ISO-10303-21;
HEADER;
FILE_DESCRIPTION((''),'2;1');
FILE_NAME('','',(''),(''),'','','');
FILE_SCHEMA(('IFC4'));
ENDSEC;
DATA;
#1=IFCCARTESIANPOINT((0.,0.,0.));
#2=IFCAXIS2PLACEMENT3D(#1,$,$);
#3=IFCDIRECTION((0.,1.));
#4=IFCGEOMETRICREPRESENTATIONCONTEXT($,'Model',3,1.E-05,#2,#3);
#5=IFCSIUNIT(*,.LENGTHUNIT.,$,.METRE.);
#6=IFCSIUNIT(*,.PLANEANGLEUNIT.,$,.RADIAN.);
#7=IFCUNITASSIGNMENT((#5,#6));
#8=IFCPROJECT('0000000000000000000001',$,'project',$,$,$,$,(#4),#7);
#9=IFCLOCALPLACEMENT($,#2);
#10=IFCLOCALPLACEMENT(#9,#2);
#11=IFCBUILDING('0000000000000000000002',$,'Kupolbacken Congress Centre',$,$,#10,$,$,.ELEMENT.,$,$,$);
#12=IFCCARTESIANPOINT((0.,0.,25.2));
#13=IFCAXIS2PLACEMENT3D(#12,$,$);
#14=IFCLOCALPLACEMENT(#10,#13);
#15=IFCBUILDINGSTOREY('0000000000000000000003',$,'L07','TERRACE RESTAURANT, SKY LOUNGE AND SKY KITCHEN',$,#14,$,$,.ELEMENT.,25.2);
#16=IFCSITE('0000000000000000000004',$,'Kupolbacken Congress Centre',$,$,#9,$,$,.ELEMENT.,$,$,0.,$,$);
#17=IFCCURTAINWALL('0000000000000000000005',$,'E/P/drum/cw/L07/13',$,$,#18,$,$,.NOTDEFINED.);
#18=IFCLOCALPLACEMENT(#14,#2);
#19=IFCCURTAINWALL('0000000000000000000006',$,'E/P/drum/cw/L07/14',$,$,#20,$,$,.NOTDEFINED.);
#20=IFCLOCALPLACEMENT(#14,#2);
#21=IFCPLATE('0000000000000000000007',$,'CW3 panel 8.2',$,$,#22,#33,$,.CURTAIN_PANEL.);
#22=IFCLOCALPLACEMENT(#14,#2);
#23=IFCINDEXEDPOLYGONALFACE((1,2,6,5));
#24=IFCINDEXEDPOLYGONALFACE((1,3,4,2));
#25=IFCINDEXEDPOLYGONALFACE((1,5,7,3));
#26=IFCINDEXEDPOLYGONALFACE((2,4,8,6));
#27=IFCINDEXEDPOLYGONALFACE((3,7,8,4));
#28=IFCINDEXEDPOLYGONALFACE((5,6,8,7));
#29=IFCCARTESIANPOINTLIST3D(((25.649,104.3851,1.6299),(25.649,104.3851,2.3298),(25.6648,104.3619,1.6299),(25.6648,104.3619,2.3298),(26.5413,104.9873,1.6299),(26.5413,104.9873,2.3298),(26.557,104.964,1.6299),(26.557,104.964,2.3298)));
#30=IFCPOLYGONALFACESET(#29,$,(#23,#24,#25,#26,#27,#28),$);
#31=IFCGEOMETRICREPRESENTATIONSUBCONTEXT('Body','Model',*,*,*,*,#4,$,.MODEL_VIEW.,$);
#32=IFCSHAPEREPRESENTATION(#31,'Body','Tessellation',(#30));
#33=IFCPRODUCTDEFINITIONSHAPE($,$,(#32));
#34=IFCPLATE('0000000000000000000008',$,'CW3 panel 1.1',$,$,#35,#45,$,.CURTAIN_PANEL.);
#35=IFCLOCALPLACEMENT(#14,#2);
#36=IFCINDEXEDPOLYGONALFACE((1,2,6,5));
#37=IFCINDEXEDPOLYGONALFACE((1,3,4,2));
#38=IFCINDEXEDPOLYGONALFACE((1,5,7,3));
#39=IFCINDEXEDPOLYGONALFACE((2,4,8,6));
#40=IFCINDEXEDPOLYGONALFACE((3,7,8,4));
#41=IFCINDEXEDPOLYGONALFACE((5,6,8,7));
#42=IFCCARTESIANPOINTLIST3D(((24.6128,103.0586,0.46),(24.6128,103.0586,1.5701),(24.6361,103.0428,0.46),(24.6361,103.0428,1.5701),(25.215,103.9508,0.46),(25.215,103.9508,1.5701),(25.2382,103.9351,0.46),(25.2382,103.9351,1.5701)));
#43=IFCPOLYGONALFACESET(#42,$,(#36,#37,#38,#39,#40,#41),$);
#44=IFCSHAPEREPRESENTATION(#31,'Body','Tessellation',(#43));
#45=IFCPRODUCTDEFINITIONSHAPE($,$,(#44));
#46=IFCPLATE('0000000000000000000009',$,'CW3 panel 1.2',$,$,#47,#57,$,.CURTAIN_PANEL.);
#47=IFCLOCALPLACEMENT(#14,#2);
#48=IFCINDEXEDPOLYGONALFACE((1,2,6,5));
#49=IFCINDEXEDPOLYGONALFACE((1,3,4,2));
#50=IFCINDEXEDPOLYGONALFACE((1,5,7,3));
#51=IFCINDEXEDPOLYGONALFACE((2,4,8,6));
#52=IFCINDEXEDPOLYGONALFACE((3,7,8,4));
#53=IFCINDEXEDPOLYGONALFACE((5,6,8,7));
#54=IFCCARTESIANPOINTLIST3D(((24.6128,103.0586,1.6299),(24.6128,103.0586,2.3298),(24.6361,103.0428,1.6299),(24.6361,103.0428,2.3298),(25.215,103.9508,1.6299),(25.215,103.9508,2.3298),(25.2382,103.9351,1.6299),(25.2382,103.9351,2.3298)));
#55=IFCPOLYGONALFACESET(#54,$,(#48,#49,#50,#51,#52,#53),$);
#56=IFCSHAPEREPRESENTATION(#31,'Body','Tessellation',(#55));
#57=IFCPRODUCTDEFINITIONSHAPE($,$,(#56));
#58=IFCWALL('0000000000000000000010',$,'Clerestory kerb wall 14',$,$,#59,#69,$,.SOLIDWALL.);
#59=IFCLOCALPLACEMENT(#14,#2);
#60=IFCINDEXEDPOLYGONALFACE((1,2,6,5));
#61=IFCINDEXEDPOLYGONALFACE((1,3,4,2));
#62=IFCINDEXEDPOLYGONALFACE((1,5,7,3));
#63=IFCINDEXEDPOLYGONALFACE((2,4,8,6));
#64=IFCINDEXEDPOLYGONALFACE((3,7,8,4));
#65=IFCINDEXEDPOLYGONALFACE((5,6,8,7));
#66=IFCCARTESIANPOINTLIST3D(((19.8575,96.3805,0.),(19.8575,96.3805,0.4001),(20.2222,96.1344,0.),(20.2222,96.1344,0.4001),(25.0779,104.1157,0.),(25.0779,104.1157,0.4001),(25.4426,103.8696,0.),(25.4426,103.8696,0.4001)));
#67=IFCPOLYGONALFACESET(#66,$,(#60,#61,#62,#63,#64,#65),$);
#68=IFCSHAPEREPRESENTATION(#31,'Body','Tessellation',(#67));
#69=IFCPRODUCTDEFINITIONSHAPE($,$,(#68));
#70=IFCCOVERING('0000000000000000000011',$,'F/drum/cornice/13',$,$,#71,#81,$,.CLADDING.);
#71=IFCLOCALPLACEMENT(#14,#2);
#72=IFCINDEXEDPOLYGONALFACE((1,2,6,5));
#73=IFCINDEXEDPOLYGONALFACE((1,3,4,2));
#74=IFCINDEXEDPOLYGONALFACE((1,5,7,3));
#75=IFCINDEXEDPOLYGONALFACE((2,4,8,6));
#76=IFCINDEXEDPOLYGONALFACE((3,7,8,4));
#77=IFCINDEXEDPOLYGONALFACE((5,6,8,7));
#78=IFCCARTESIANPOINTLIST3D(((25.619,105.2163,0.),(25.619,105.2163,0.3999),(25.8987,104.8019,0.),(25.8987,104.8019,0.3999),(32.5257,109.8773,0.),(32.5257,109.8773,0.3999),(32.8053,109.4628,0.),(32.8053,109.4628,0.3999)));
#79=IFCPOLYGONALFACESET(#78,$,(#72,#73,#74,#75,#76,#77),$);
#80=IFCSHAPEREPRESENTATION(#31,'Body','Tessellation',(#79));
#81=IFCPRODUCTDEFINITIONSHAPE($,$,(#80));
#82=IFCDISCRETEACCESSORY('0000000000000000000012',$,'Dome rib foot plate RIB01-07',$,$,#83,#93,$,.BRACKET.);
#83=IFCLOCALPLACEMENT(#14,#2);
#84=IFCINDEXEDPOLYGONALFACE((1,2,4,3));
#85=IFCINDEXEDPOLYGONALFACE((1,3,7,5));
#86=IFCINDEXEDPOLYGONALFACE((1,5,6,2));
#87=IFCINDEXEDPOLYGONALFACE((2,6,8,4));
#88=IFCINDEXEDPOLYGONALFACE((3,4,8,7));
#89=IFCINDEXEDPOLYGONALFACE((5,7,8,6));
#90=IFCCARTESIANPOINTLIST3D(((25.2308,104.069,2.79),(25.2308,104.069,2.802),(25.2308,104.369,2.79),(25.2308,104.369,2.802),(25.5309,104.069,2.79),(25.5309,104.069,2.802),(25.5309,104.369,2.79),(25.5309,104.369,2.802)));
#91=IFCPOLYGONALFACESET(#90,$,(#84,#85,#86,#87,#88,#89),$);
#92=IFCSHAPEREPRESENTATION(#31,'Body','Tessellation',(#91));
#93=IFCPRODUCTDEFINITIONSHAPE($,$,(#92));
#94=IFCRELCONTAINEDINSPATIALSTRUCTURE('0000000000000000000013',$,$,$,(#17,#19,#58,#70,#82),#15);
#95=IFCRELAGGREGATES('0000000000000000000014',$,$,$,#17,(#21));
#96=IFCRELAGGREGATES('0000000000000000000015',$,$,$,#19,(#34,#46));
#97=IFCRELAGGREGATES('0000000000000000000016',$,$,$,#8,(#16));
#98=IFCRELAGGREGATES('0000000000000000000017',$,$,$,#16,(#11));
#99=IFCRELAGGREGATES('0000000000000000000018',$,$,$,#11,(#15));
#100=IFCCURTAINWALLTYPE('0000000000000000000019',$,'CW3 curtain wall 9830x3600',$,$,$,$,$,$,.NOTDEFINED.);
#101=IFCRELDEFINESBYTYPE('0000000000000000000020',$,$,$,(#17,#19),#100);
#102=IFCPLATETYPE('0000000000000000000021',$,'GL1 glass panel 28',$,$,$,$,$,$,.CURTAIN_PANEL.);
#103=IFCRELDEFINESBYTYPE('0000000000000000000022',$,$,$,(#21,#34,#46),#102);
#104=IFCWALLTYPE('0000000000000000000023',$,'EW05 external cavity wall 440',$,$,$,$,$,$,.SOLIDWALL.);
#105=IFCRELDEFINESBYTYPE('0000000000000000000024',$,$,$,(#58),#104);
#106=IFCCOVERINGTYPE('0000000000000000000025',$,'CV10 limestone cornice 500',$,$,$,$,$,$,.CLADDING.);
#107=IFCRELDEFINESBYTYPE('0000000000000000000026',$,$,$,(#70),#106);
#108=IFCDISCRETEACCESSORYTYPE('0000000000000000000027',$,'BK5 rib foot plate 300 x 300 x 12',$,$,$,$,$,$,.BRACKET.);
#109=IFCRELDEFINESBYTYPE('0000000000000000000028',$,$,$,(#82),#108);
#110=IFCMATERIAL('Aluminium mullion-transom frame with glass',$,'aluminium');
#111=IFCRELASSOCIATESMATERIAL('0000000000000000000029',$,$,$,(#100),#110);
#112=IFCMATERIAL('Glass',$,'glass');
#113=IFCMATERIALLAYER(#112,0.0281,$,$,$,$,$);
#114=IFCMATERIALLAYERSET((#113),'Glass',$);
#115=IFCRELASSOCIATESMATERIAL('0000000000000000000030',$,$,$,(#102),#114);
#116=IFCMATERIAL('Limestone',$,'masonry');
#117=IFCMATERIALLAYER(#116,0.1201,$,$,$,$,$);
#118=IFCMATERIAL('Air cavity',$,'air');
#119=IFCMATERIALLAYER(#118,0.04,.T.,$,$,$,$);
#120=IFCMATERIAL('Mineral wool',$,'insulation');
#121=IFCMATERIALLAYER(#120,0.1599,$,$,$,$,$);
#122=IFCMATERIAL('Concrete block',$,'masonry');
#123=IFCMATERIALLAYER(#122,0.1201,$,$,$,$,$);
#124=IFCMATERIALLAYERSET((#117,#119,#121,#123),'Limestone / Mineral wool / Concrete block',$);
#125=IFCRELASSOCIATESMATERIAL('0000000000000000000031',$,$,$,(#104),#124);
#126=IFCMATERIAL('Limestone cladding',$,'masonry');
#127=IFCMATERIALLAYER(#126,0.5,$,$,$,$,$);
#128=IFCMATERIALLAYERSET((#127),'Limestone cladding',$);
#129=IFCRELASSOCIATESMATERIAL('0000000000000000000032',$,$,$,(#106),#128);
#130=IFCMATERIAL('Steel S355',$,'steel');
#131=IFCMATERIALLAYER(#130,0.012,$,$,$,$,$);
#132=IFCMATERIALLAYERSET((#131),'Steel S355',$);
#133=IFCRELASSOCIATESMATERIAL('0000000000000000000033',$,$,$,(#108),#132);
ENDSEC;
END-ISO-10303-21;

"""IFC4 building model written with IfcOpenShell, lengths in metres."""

from ifc_helpers import new_model, si_unit, direction, frame, frame_2d, origin, origin_2d, place, context, subcontext, project, spatial, rectangle, extrude, material, layer, layer_set, type_object, element, aggregate, save


model = new_model("IFC4")

# Units and contexts
model_context = context("Model", 3, precision=1e-05, world=origin(), true_north=direction((0.0, 1.0)))
body_context = subcontext(model_context, "Body", "Model", "MODEL_VIEW")
ifc_project = project(units=[si_unit("LENGTHUNIT", "METRE"), si_unit("PLANEANGLEUNIT", "RADIAN")], contexts=[model_context])

# Site, building, storey
site_placement = place(None, origin())
site = spatial("IfcSite", under=ifc_project, at=site_placement, Name="Kupolbacken Congress Centre", CompositionType="ELEMENT", RefElevation=0.0)
building_placement = place(site_placement, origin())
building = spatial("IfcBuilding", under=site, at=building_placement, Name="Kupolbacken Congress Centre", CompositionType="ELEMENT")
storey_placement = place(building_placement, frame((0.0, 0.0, 25.2)))
storey = spatial("IfcBuildingStorey", under=building, at=storey_placement, Name="L07", Description="TERRACE RESTAURANT, SKY LOUNGE AND SKY KITCHEN", CompositionType="ELEMENT", Elevation=25.2)

# Curtain wall
ifc_material_1 = material(Name="Aluminium mullion-transom frame with glass", Category="aluminium")
curtain_wall_type = type_object("IfcCurtainWallType", Name="CW3 curtain wall 9830x3600", PredefinedType="NOTDEFINED", material=ifc_material_1)
curtain_wall_1_placement = place(storey_placement, origin())
curtain_wall_1 = element("IfcCurtainWall", 1, at=curtain_wall_1_placement, inside=storey, type_object=curtain_wall_type, Name="E/P/drum/cw/L07/13", PredefinedType="NOTDEFINED")

# Curtain wall
curtain_wall_2_placement = place(storey_placement, origin())
curtain_wall_2 = element("IfcCurtainWall", 2, at=curtain_wall_2_placement, inside=storey, type_object=curtain_wall_type, Name="E/P/drum/cw/L07/14", PredefinedType="NOTDEFINED")

# Plates
ifc_material_2 = material(Name="Glass", Category="glass")
ifc_layer_1 = layer(ifc_material_2, 0.0281)
ifc_layer_set_1 = layer_set([ifc_layer_1], Name="Glass")
plate_type = type_object("IfcPlateType", Name="GL1 glass panel 28", PredefinedType="CURTAIN_PANEL", material=ifc_layer_set_1)
plate_1_placement = place(storey_placement, frame((26.103, 104.6746, 1.6299), z_axis=(0.0, 0.0, 1.0), x_axis=(-0.828908, -0.559386, 0.0)))
plate_1 = element("IfcPlate", 3, at=plate_1_placement, type_object=plate_type, Name="CW3 panel 8.2", PredefinedType="CURTAIN_PANEL", context=body_context, shape_type="SweptSolid", body=[
    extrude(rectangle(XDim=1.0764, YDim=0.0281, at=origin_2d()), origin(), (0.0, 0.0, 1.0), 0.7),
])
aggregate(curtain_wall_1, [plate_1])
plate_2_placement = place(storey_placement, frame((24.9255, 103.4968, 0.46), z_axis=(0.0, 0.0, 1.0), x_axis=(-0.559386, -0.828908, 0.0)))
plate_2 = element("IfcPlate", 4, at=plate_2_placement, type_object=plate_type, Name="CW3 panel 1.1", PredefinedType="CURTAIN_PANEL", context=body_context, shape_type="SweptSolid", body=[
    extrude(rectangle(XDim=1.0764, YDim=0.0281, at=origin_2d()), origin(), (0.0, 0.0, 1.0), 1.1101),
])
plate_3_placement = place(storey_placement, frame((24.9255, 103.4968, 1.6299), z_axis=(0.0, 0.0, 1.0), x_axis=(-0.559386, -0.828908, 0.0)))
plate_3 = element("IfcPlate", 5, at=plate_3_placement, type_object=plate_type, Name="CW3 panel 1.2", PredefinedType="CURTAIN_PANEL", context=body_context, shape_type="SweptSolid", body=[
    extrude(rectangle(XDim=1.0764, YDim=0.0281, at=origin_2d()), origin(), (0.0, 0.0, 1.0), 0.7),
])
aggregate(curtain_wall_2, [plate_2, plate_3])

# Wall
ifc_material_3 = material(Name="Limestone", Category="masonry")
ifc_layer_2 = layer(ifc_material_3, 0.1201)
ifc_material_4 = material(Name="Air cavity", Category="air")
ifc_layer_3 = layer(ifc_material_4, 0.04, ventilated=True)
ifc_material_5 = material(Name="Mineral wool", Category="insulation")
ifc_layer_4 = layer(ifc_material_5, 0.1599)
ifc_material_6 = material(Name="Concrete block", Category="masonry")
ifc_layer_5 = layer(ifc_material_6, 0.1201)
ifc_layer_set_2 = layer_set([ifc_layer_2, ifc_layer_3, ifc_layer_4, ifc_layer_5], Name="Limestone / Mineral wool / Concrete block")
wall_type = type_object("IfcWallType", Name="EW05 external cavity wall 440", PredefinedType="SOLIDWALL", material=ifc_layer_set_2)
wall_placement = place(storey_placement, frame((25.2603, 103.9927, 0.0), z_axis=(0.0, 0.0, 1.0), x_axis=(-0.559406, -0.828894, 0.0)))
element("IfcWall", 6, at=wall_placement, inside=storey, type_object=wall_type, Name="Clerestory kerb wall 14", PredefinedType="SOLIDWALL", context=body_context, shape_type="SweptSolid", body=[
    extrude(rectangle(XDim=9.332, YDim=0.4399, at=frame_2d((4.666, 0.0))), origin(), (0.0, 0.0, 1.0), 0.4001),
])

# Covering
ifc_material_7 = material(Name="Limestone cladding", Category="masonry")
ifc_layer_6 = layer(ifc_material_7, 0.5)
ifc_layer_set_3 = layer_set([ifc_layer_6], Name="Limestone cladding")
covering_type = type_object("IfcCoveringType", Name="CV10 limestone cornice 500", PredefinedType="CLADDING", material=ifc_layer_set_3)
covering_placement = place(storey_placement, frame((29.2122, 107.3396, 0.0), z_axis=(0.0, 0.0, 1.0), x_axis=(-0.828908, -0.559386, 0.0)))
element("IfcCovering", 7, at=covering_placement, inside=storey, type_object=covering_type, Name="F/drum/cornice/13", PredefinedType="CLADDING", context=body_context, shape_type="SweptSolid", body=[
    extrude(rectangle(XDim=8.3323, YDim=0.5, at=origin_2d()), origin(), (0.0, 0.0, 1.0), 0.3999),
])

# Discrete accessory
ifc_material_8 = material(Name="Steel S355", Category="steel")
ifc_layer_7 = layer(ifc_material_8, 0.012)
ifc_layer_set_4 = layer_set([ifc_layer_7], Name="Steel S355")
discrete_accessory_type = type_object("IfcDiscreteAccessoryType", Name="BK5 rib foot plate 300 x 300 x 12", PredefinedType="BRACKET", material=ifc_layer_set_4)
discrete_accessory_placement = place(storey_placement, frame((25.3809, 104.219, 2.79), z_axis=(0.0, 0.0, 1.0), x_axis=(1.0, 0.0, 0.0)))
element("IfcDiscreteAccessory", 8, at=discrete_accessory_placement, inside=storey, type_object=discrete_accessory_type, Name="Dome rib foot plate RIB01-07", PredefinedType="BRACKET", context=body_context, shape_type="SweptSolid", body=[
    extrude(rectangle(XDim=0.3, YDim=0.3, at=origin_2d()), origin(), (0.0, 0.0, 1.0), 0.012),
])

save(model, "model.ifc")
